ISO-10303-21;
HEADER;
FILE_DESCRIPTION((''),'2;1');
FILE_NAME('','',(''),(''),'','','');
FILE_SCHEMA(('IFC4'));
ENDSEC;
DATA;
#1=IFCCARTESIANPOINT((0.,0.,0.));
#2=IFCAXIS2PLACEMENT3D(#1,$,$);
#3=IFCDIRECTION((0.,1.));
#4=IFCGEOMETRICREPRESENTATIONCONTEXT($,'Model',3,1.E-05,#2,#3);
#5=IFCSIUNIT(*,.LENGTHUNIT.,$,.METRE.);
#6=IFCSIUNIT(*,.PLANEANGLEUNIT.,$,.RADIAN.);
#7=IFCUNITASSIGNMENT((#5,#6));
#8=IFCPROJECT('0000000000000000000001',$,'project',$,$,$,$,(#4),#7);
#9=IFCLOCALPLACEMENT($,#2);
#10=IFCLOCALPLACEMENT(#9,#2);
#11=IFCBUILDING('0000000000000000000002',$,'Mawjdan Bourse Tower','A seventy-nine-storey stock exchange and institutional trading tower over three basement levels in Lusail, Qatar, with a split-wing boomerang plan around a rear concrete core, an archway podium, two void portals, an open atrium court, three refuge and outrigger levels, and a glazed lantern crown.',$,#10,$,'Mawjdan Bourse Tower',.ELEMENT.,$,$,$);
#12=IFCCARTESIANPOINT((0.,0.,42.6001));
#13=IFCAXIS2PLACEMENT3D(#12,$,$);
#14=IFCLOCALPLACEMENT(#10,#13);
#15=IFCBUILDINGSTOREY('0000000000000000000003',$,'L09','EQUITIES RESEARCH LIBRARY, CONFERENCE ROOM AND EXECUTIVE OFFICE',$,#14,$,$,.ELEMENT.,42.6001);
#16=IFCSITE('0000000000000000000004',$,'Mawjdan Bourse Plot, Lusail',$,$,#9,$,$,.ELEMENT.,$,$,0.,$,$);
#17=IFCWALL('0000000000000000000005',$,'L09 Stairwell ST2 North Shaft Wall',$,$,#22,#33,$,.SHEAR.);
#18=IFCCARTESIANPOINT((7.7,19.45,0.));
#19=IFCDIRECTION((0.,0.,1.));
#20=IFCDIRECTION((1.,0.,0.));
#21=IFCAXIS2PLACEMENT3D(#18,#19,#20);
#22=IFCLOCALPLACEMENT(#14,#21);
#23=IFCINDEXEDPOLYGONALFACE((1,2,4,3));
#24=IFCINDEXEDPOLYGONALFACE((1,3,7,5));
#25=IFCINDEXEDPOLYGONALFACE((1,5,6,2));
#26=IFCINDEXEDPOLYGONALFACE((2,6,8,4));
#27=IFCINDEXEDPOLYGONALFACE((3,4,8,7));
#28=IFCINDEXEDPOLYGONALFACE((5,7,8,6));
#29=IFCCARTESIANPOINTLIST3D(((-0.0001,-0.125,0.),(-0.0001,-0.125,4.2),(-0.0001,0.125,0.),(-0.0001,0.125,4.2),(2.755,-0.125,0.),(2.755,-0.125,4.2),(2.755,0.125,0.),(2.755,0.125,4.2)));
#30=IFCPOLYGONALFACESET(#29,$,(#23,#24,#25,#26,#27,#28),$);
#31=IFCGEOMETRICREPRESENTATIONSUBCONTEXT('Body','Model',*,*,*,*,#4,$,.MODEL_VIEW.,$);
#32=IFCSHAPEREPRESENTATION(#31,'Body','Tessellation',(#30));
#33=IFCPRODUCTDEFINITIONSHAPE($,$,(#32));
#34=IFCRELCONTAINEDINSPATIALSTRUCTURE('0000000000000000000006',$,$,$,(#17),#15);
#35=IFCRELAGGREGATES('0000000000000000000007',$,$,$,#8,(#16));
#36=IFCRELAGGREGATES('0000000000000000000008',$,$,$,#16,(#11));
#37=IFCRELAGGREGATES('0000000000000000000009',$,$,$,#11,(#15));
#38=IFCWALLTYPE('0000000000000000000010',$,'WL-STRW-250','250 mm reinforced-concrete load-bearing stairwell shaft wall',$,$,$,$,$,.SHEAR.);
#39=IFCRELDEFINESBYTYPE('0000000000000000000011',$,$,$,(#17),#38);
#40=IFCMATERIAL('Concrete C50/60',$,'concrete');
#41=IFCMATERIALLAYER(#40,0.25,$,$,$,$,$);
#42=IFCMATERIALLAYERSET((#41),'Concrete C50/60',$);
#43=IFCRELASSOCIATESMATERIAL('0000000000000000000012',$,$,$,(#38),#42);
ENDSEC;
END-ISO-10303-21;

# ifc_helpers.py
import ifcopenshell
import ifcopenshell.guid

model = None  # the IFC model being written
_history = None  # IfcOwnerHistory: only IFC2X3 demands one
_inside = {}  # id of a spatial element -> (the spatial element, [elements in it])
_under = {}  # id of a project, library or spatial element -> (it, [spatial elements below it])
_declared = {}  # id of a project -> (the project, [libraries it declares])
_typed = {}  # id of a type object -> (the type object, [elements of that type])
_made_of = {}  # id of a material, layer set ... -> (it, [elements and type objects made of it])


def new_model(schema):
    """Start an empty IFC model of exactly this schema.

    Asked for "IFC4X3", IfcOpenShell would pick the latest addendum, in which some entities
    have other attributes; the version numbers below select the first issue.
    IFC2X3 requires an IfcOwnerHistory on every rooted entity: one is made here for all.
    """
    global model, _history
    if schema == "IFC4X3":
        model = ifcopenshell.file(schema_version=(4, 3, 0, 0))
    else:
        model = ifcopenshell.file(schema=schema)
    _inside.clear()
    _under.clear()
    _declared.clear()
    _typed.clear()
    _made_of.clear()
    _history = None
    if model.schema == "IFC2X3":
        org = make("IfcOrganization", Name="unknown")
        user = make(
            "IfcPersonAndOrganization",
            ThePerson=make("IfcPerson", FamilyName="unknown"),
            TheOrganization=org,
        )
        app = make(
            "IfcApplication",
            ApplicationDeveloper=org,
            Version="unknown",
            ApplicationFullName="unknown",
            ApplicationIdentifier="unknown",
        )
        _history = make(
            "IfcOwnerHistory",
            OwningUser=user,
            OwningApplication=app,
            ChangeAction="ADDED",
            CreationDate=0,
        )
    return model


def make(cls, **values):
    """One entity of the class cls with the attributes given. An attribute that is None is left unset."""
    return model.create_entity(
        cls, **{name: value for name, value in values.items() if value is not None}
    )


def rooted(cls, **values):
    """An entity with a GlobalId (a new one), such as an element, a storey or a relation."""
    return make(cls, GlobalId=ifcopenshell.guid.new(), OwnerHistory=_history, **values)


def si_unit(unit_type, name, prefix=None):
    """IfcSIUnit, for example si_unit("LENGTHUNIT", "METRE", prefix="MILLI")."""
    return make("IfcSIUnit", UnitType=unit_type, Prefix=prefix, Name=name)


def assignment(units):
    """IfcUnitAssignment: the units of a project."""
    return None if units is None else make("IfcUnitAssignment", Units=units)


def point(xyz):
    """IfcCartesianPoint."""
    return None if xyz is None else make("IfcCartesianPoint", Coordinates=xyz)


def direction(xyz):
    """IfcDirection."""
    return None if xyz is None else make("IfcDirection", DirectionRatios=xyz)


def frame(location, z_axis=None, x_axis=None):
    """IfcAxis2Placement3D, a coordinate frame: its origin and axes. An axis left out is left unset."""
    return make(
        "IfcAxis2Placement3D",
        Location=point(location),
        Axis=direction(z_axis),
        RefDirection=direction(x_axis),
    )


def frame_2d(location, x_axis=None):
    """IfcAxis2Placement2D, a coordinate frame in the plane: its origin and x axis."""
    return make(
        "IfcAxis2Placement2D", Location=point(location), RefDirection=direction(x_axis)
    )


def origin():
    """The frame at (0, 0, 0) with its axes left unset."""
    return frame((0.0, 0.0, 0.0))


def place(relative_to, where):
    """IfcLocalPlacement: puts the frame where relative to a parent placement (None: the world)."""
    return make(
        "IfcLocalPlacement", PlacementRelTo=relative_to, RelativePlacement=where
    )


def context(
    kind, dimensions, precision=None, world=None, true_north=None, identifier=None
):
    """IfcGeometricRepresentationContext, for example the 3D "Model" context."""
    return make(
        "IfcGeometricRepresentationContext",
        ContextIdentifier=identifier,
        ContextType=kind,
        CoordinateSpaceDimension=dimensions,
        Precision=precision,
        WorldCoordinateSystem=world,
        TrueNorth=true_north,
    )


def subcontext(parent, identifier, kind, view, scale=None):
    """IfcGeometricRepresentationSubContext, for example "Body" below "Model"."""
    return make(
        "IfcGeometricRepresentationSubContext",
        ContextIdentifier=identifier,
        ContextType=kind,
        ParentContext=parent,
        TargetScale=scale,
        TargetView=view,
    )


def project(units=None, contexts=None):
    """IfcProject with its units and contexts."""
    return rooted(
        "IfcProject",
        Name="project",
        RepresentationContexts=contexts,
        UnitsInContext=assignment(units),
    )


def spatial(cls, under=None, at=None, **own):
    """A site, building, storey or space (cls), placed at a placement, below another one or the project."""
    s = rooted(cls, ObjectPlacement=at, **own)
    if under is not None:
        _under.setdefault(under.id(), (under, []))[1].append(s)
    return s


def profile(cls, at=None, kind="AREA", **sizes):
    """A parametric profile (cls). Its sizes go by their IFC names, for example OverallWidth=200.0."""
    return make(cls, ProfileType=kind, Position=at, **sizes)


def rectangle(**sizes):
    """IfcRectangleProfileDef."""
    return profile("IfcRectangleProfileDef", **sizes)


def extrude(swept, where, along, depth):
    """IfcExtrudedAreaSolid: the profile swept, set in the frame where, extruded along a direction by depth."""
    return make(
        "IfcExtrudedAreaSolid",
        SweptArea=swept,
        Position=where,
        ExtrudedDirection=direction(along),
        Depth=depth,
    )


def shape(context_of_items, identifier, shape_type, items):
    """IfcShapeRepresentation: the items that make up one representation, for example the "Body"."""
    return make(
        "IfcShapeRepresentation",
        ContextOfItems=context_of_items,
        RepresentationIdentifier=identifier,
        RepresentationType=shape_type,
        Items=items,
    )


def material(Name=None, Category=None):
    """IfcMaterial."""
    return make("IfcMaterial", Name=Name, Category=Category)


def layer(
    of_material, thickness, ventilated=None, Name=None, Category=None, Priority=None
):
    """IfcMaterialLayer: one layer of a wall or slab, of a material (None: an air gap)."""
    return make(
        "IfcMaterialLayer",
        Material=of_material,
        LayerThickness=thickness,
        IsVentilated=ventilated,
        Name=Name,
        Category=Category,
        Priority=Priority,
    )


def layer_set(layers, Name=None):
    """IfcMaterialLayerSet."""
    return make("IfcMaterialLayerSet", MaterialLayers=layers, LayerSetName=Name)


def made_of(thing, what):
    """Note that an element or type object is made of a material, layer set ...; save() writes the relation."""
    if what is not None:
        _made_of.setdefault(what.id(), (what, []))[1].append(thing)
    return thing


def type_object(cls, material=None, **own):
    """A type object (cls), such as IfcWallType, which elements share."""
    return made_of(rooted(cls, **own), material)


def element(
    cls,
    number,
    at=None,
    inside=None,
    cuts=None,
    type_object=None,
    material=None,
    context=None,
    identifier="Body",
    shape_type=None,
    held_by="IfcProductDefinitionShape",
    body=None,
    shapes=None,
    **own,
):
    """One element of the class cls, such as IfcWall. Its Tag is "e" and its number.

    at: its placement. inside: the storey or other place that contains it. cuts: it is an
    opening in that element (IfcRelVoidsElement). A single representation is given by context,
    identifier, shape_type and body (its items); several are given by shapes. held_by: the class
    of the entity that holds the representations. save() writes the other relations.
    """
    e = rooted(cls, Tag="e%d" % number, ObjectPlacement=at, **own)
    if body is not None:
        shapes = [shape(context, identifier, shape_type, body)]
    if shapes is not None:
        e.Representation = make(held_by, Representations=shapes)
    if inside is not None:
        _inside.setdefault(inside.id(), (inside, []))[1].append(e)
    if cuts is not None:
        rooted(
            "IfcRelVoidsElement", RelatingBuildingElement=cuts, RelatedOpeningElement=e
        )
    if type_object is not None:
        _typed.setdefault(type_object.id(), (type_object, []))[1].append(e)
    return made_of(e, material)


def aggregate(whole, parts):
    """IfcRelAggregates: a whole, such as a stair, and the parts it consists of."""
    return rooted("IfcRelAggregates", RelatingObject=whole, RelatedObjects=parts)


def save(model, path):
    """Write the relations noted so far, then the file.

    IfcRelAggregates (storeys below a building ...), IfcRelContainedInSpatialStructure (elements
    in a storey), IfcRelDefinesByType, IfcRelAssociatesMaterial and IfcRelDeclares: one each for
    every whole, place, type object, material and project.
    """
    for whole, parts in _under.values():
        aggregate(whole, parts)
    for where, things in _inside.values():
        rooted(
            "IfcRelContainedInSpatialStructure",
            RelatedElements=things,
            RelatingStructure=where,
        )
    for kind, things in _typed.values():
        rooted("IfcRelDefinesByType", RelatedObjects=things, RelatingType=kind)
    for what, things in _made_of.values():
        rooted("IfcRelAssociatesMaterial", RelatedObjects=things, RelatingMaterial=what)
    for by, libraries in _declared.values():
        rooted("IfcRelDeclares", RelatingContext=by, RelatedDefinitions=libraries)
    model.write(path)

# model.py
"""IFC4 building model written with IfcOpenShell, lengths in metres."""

from ifc_helpers import new_model, si_unit, direction, frame, frame_2d, origin, place, context, subcontext, project, spatial, rectangle, extrude, material, layer, layer_set, type_object, element, save


model = new_model("IFC4")

# Units and contexts
model_context = context("Model", 3, precision=1e-05, world=origin(), true_north=direction((0.0, 1.0)))
body_context = subcontext(model_context, "Body", "Model", "MODEL_VIEW")
ifc_project = project(units=[si_unit("LENGTHUNIT", "METRE"), si_unit("PLANEANGLEUNIT", "RADIAN")], contexts=[model_context])

# Site, building, storey
site_placement = place(None, origin())
site = spatial("IfcSite", under=ifc_project, at=site_placement, Name="Mawjdan Bourse Plot, Lusail", CompositionType="ELEMENT", RefElevation=0.0)
building_placement = place(site_placement, origin())
building = spatial("IfcBuilding", under=site, at=building_placement, Name="Mawjdan Bourse Tower", Description="A seventy-nine-storey stock exchange and institutional trading tower over three basement levels in Lusail, Qatar, with a split-wing boomerang plan around a rear concrete core, an archway podium, two void portals, an open atrium court, three refuge and outrigger levels, and a glazed lantern crown.", LongName="Mawjdan Bourse Tower", CompositionType="ELEMENT")
storey_placement = place(building_placement, frame((0.0, 0.0, 42.6001)))
storey = spatial("IfcBuildingStorey", under=building, at=storey_placement, Name="L09", Description="EQUITIES RESEARCH LIBRARY, CONFERENCE ROOM AND EXECUTIVE OFFICE", CompositionType="ELEMENT", Elevation=42.6001)

# Shared definitions
ifc_material_1 = material(Name="Concrete C50/60", Category="concrete")

# Wall
ifc_layer_1 = layer(ifc_material_1, 0.25)
ifc_layer_set_1 = layer_set([ifc_layer_1], Name="Concrete C50/60")
wall_type_1 = type_object("IfcWallType", Name="WL-STRW-250", Description="250 mm reinforced-concrete load-bearing stairwell shaft wall", PredefinedType="SHEAR", material=ifc_layer_set_1)
wall_1_placement = place(storey_placement, frame((7.7, 19.45, 0.0), z_axis=(0.0, 0.0, 1.0), x_axis=(1.0, 0.0, 0.0)))
element("IfcWall", 1, at=wall_1_placement, inside=storey, type_object=wall_type_1, Name="L09 Stairwell ST2 North Shaft Wall", PredefinedType="SHEAR", context=body_context, shape_type="SweptSolid", body=[
    extrude(rectangle(XDim=2.7551, YDim=0.25, at=frame_2d((1.3774, 0.0))), origin(), (0.0, 0.0, 1.0), 4.2),
])

save(model, "model.ifc")
